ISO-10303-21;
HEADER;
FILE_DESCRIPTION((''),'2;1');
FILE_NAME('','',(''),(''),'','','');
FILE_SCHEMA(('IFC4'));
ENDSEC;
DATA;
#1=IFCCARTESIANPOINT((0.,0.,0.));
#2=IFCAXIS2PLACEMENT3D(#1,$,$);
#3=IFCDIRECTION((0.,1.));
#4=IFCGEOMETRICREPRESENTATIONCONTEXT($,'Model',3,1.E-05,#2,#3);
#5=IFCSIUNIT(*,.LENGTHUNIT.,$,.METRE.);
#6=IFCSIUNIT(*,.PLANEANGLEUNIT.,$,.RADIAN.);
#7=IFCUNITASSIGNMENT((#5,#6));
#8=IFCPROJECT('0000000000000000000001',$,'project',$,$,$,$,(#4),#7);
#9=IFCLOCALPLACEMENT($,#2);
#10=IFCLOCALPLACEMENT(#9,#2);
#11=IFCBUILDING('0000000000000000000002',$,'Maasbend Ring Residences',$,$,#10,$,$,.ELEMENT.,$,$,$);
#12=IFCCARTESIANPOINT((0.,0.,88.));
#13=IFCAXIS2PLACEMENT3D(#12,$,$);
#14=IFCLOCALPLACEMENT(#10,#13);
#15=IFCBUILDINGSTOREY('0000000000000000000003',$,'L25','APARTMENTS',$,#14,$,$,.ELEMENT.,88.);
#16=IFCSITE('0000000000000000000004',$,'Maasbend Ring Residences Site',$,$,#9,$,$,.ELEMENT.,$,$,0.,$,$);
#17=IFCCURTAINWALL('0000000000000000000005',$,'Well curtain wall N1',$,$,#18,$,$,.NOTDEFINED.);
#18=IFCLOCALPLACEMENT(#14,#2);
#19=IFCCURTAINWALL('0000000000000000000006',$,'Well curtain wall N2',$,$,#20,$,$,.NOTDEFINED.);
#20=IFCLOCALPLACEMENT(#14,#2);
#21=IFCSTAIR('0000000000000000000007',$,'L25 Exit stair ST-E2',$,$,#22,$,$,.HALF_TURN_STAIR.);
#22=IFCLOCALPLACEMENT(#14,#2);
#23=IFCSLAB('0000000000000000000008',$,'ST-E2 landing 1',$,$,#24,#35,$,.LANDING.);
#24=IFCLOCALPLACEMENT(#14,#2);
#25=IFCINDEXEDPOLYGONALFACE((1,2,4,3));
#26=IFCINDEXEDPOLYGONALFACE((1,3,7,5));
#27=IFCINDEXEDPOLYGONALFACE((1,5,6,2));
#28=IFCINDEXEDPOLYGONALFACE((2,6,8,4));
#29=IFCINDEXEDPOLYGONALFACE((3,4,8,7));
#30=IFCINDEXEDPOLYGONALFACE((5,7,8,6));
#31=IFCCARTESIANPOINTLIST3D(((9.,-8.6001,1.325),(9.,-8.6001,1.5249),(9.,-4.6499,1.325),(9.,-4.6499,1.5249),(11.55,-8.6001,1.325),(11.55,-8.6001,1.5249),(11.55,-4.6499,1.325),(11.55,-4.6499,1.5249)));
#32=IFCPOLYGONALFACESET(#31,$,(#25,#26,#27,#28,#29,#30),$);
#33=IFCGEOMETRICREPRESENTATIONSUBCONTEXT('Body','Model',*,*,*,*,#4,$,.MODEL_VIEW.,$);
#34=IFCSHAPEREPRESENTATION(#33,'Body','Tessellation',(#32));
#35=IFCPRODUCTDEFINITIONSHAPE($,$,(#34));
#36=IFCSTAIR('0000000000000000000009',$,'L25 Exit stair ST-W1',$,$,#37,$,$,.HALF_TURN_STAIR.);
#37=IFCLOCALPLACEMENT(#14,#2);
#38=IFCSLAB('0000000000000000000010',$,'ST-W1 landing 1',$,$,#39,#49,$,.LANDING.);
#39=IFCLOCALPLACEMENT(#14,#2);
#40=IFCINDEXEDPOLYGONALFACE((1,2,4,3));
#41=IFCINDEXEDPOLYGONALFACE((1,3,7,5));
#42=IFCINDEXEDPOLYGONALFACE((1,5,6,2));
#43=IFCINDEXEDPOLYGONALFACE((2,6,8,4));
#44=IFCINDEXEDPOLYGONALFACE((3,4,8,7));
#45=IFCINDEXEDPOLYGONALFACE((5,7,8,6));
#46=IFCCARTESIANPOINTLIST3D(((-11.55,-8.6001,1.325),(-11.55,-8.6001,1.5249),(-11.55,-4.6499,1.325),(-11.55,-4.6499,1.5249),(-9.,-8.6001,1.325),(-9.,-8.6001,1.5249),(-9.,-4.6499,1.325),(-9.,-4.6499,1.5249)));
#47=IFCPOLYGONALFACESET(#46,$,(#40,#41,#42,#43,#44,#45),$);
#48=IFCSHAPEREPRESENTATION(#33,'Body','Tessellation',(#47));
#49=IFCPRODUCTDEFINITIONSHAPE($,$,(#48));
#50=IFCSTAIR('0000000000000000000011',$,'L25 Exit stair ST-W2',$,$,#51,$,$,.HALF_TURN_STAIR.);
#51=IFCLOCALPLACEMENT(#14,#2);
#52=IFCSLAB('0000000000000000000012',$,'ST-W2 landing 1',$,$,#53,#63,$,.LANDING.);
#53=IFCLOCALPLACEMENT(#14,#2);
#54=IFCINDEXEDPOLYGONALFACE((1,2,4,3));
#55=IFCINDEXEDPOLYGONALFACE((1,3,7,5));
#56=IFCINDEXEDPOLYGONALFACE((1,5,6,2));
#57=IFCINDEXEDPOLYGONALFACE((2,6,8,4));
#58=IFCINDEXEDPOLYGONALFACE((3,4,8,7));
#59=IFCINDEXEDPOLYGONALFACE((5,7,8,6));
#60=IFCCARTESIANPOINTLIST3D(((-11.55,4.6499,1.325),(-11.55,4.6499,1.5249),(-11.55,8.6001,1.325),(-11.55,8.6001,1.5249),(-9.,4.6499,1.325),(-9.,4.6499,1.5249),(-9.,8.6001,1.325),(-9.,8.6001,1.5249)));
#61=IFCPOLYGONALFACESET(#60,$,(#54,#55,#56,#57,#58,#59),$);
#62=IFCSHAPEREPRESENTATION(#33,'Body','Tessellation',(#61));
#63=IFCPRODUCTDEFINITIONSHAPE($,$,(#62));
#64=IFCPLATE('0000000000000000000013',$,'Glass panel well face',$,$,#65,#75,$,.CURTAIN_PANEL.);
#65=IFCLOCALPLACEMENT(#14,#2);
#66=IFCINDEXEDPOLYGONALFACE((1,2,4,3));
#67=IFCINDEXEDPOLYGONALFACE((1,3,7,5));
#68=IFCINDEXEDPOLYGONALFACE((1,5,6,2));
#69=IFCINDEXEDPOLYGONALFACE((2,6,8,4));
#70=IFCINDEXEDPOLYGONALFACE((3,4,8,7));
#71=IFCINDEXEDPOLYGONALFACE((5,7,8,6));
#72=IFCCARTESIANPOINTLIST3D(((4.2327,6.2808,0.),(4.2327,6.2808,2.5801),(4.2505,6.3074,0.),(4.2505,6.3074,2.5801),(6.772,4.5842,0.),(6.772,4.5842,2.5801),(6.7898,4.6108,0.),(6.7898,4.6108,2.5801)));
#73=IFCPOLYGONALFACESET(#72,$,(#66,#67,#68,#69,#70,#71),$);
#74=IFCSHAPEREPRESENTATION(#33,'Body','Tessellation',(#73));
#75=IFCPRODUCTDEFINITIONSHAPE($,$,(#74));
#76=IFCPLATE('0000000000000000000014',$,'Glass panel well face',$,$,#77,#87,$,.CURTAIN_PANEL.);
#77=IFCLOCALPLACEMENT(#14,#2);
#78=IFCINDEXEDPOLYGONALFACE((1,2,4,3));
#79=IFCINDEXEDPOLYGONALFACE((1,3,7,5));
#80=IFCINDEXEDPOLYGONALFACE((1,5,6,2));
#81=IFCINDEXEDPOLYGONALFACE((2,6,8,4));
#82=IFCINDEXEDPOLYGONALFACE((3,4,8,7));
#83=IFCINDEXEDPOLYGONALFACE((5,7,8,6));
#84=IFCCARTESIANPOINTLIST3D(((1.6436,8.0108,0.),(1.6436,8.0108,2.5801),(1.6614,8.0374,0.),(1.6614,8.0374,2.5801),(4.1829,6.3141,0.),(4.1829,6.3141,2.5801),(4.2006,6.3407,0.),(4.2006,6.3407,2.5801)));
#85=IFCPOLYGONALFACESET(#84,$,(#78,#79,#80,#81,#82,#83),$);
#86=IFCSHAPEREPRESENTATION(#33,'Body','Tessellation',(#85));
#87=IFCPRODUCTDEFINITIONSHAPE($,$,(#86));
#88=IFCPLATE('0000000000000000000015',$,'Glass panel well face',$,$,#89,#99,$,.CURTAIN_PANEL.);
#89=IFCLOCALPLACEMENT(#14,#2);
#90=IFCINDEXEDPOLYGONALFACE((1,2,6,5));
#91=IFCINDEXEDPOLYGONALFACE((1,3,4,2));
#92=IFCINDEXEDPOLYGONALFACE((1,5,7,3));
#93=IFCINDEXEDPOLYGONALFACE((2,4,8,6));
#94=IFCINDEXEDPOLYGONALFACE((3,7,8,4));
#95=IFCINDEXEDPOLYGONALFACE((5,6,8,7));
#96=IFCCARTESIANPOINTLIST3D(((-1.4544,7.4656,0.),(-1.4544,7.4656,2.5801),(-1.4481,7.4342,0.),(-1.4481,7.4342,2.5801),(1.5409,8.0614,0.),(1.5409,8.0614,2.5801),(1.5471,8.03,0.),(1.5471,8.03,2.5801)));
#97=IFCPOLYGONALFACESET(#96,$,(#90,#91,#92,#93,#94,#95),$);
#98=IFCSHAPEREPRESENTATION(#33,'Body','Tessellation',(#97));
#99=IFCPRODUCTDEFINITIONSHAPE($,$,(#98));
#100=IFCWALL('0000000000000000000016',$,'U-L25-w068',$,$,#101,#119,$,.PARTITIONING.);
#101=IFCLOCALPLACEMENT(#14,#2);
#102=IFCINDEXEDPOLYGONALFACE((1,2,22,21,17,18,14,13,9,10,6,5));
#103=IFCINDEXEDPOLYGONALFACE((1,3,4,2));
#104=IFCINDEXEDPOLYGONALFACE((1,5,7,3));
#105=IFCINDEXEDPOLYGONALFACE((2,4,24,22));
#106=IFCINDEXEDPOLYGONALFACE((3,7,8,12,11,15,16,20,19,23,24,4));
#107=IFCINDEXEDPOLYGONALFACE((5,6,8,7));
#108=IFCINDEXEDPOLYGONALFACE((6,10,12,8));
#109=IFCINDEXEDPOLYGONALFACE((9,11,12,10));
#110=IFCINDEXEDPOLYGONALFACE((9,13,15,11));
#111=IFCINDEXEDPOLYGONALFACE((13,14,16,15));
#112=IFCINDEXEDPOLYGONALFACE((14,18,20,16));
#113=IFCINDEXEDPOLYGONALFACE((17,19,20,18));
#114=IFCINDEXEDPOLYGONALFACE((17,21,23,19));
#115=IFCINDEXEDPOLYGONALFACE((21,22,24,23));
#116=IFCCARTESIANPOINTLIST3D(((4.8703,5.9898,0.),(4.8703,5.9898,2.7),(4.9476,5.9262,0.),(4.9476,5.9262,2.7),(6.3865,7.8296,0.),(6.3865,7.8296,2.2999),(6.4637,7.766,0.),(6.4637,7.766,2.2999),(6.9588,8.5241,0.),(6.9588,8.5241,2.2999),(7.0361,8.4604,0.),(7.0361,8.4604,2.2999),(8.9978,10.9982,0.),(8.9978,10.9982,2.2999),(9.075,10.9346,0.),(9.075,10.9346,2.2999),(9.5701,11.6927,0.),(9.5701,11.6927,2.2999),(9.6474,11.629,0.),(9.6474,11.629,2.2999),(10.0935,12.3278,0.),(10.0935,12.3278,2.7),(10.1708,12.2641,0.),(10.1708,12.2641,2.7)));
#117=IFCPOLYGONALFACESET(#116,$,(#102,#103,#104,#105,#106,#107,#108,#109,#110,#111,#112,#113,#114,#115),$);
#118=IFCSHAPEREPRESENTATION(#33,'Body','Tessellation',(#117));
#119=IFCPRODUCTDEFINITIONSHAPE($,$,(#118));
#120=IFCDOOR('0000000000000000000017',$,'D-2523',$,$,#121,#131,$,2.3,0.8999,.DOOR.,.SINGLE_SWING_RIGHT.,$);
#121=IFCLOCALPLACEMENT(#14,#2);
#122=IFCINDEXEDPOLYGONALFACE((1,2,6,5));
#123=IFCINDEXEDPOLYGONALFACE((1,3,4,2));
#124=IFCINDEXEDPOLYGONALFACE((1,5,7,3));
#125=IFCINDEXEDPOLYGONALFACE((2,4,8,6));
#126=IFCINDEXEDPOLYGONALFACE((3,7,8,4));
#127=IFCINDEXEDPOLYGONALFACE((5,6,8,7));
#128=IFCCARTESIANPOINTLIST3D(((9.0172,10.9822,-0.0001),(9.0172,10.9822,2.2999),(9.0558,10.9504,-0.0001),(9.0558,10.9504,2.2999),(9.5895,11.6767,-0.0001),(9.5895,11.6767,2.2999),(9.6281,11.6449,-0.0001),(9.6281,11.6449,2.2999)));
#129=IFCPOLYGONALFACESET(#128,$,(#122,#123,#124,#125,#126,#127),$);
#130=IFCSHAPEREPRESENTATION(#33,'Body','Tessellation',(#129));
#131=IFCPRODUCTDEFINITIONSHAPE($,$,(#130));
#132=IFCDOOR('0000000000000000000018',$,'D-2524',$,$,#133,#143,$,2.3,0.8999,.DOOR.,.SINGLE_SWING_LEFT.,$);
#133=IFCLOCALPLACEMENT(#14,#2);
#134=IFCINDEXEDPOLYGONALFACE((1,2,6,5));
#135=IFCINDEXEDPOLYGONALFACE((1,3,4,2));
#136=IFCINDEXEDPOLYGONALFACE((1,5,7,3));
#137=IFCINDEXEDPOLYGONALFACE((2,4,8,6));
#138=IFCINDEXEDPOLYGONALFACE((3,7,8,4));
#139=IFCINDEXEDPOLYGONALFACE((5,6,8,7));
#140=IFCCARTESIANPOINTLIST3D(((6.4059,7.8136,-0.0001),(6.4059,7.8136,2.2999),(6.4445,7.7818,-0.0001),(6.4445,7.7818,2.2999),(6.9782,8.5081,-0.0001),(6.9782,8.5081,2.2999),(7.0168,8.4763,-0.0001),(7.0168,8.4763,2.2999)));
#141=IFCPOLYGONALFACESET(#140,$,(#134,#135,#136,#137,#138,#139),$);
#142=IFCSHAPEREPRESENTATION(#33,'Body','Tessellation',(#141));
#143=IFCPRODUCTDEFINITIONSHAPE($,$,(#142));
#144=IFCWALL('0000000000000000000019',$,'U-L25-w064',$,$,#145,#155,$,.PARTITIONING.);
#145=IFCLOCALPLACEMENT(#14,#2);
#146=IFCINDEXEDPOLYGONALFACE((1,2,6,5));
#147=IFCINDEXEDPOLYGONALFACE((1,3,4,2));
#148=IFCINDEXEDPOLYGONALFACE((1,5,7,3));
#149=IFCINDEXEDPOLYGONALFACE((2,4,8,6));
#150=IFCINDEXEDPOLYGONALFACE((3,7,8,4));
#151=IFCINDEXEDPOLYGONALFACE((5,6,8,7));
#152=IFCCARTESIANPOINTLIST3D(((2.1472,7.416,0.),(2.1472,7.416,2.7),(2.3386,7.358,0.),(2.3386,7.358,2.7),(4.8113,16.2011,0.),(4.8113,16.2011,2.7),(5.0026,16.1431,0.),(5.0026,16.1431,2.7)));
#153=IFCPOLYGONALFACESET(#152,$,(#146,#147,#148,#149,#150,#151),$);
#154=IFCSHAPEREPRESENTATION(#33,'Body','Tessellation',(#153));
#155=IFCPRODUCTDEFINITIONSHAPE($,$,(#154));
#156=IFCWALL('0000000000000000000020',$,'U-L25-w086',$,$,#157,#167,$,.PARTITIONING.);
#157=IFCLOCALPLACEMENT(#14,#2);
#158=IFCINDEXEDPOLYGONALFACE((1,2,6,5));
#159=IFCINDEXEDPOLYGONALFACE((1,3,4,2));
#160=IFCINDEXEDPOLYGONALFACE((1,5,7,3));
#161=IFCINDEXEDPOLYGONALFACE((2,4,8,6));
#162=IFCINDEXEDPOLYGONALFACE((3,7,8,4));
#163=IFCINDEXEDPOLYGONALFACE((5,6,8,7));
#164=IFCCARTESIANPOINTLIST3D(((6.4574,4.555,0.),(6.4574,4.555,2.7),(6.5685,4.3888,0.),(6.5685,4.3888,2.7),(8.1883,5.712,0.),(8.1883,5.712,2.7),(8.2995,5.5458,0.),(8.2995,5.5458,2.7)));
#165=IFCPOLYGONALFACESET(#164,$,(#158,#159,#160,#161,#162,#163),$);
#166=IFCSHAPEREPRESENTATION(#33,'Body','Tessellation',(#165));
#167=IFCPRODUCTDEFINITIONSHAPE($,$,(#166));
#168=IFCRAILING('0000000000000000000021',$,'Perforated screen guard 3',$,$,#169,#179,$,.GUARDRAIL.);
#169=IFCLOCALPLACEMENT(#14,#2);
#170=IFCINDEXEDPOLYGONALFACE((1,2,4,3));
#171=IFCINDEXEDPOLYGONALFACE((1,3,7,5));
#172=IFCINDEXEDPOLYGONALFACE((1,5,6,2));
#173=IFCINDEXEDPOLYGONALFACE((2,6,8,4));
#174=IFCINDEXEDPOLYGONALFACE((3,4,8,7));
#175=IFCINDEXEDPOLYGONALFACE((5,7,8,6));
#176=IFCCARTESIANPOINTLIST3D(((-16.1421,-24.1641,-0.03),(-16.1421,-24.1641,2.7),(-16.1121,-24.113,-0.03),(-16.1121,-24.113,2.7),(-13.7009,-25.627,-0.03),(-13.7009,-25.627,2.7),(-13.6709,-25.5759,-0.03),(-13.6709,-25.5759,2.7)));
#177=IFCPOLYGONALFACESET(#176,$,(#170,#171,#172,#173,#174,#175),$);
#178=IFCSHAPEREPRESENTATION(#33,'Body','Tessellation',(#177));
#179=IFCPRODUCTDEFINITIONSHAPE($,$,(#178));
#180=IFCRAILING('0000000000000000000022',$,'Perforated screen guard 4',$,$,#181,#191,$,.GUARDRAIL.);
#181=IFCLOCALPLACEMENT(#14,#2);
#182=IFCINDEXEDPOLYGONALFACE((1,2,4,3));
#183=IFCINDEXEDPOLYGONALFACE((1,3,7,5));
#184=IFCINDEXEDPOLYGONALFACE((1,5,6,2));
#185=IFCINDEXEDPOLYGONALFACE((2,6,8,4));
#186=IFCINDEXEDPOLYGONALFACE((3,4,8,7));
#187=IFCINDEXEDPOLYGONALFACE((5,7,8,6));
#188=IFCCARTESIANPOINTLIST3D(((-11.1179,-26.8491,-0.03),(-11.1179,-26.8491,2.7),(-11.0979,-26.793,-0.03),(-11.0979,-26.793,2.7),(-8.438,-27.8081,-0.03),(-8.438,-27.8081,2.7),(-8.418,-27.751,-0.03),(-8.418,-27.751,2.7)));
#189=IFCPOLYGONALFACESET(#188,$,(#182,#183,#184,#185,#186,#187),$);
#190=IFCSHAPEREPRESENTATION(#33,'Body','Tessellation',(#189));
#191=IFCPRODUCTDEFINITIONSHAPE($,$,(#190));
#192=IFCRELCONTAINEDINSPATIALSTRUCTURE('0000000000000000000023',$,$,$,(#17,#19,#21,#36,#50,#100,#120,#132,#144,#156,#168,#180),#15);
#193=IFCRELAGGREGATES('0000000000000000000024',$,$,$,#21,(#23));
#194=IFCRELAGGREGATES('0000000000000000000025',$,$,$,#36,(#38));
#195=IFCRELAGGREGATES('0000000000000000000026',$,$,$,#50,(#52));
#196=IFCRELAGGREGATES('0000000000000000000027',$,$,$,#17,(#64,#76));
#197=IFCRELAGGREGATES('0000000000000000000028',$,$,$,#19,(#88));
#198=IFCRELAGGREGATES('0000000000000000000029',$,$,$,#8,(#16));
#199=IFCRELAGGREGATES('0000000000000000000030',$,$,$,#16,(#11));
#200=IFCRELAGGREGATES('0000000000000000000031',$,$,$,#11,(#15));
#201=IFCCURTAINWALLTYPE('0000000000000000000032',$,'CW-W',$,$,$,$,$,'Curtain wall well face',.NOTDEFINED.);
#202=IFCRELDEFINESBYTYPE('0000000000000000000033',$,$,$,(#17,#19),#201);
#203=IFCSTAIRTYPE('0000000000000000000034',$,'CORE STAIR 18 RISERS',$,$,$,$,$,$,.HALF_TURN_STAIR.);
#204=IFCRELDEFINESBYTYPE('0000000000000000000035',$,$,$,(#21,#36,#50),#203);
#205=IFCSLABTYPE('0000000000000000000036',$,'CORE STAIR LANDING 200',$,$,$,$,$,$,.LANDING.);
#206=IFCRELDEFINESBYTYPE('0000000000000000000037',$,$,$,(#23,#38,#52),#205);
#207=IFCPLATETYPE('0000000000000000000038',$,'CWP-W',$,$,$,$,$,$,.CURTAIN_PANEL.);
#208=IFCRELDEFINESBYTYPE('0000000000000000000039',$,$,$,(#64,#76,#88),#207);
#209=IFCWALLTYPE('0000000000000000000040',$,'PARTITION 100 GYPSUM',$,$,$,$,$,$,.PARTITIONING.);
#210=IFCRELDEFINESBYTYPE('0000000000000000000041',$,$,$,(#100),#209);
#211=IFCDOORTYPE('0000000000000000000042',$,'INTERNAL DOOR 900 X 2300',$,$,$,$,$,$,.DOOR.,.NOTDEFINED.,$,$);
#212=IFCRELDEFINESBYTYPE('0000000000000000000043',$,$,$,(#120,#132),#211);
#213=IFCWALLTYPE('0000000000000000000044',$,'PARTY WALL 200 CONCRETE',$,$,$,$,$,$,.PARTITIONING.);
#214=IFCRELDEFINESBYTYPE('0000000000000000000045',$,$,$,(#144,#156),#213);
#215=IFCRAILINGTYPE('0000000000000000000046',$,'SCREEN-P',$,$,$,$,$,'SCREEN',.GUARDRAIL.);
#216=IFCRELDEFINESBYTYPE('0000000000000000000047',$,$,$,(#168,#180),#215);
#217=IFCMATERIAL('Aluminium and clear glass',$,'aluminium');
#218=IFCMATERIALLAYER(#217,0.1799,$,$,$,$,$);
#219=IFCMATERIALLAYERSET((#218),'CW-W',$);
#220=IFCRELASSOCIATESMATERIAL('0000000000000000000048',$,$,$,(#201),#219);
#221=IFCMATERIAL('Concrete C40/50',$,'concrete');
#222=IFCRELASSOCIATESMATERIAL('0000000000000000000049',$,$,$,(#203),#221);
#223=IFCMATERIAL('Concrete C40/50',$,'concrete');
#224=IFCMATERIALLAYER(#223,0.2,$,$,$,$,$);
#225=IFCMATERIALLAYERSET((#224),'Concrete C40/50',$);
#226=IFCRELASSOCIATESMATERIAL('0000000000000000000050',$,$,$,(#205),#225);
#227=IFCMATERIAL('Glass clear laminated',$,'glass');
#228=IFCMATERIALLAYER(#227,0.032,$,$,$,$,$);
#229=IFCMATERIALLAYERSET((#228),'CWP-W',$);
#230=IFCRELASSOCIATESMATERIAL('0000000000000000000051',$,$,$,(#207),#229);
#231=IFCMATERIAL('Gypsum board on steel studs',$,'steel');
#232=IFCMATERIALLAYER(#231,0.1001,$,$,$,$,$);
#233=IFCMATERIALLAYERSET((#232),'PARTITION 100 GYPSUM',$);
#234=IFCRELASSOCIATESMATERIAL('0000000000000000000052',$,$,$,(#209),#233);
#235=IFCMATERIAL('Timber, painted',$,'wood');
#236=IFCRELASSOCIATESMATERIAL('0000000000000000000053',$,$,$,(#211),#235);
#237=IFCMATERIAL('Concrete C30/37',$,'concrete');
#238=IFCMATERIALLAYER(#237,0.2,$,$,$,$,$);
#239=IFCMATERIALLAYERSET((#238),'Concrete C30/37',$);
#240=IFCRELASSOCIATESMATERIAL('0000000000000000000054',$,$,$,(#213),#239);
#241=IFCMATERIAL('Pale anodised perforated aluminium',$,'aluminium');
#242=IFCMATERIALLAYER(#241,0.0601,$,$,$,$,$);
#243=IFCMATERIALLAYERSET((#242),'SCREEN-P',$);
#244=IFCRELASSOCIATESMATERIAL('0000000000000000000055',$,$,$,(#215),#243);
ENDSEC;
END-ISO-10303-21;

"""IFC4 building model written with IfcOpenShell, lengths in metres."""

from ifc_helpers import new_model, si_unit, direction, frame, frame_2d, origin, origin_2d, place, context, subcontext, project, spatial, polyline, rectangle, outline, extrude, material, layer, layer_set, type_object, element, fill, aggregate, save


model = new_model("IFC4")

# Units and contexts
model_context = context("Model", 3, precision=1e-05, world=origin(), true_north=direction((0.0, 1.0)))
body_context = subcontext(model_context, "Body", "Model", "MODEL_VIEW")
ifc_project = project(units=[si_unit("LENGTHUNIT", "METRE"), si_unit("PLANEANGLEUNIT", "RADIAN")], contexts=[model_context])

# Site, building, storey
site_placement = place(None, origin())
site = spatial("IfcSite", under=ifc_project, at=site_placement, Name="Maasbend Ring Residences Site", CompositionType="ELEMENT", RefElevation=0.0)
building_placement = place(site_placement, origin())
building = spatial("IfcBuilding", under=site, at=building_placement, Name="Maasbend Ring Residences", CompositionType="ELEMENT")
storey_placement = place(building_placement, frame((0.0, 0.0, 88.0)))
storey = spatial("IfcBuildingStorey", under=building, at=storey_placement, Name="L25", Description="APARTMENTS", CompositionType="ELEMENT", Elevation=88.0)

# Curtain wall
ifc_material_1 = material(Name="Aluminium and clear glass", Category="aluminium")
ifc_layer_1 = layer(ifc_material_1, 0.1799)
ifc_layer_set_1 = layer_set([ifc_layer_1], Name="CW-W")
curtain_wall_type = type_object("IfcCurtainWallType", Name="CW-W", ElementType="Curtain wall well face", PredefinedType="NOTDEFINED", material=ifc_layer_set_1)
curtain_wall_1_placement = place(storey_placement, origin())
curtain_wall_1 = element("IfcCurtainWall", 1, at=curtain_wall_1_placement, inside=storey, type_object=curtain_wall_type, Name="Well curtain wall N1", PredefinedType="NOTDEFINED")

# Curtain wall
curtain_wall_2_placement = place(storey_placement, origin())
curtain_wall_2 = element("IfcCurtainWall", 2, at=curtain_wall_2_placement, inside=storey, type_object=curtain_wall_type, Name="Well curtain wall N2", PredefinedType="NOTDEFINED")

# Stairs, slabs
ifc_material_2 = material(Name="Concrete C40/50", Category="concrete")
stair_type = type_object("IfcStairType", Name="CORE STAIR 18 RISERS", PredefinedType="HALF_TURN_STAIR", material=ifc_material_2)
ifc_material_3 = material(Name="Concrete C40/50", Category="concrete")
ifc_layer_2 = layer(ifc_material_3, 0.2)
ifc_layer_set_2 = layer_set([ifc_layer_2], Name="Concrete C40/50")
slab_type = type_object("IfcSlabType", Name="CORE STAIR LANDING 200", PredefinedType="LANDING", material=ifc_layer_set_2)
stair_1_placement = place(storey_placement, origin())
stair_1 = element("IfcStair", 3, at=stair_1_placement, inside=storey, type_object=stair_type, Name="L25 Exit stair ST-E2", PredefinedType="HALF_TURN_STAIR")
slab_1_placement = place(storey_placement, frame((0.0, 0.0, 1.325)))
slab_1 = element("IfcSlab", 4, at=slab_1_placement, type_object=slab_type, Name="ST-E2 landing 1", PredefinedType="LANDING", context=body_context, shape_type="SweptSolid", body=[
    extrude(outline(polyline([(11.55, -4.6499), (9.0, -4.6499), (9.0, -8.6001), (11.55, -8.6001), (11.55, -4.6499)])), origin(), (0.0, 0.0, 1.0), 0.2),
])
aggregate(stair_1, [slab_1])
stair_2_placement = place(storey_placement, origin())
stair_2 = element("IfcStair", 5, at=stair_2_placement, inside=storey, type_object=stair_type, Name="L25 Exit stair ST-W1", PredefinedType="HALF_TURN_STAIR")
slab_2_placement = place(storey_placement, frame((0.0, 0.0, 1.325)))
slab_2 = element("IfcSlab", 6, at=slab_2_placement, type_object=slab_type, Name="ST-W1 landing 1", PredefinedType="LANDING", context=body_context, shape_type="SweptSolid", body=[
    extrude(outline(polyline([(-11.55, -8.6001), (-9.0, -8.6001), (-9.0, -4.6499), (-11.55, -4.6499), (-11.55, -8.6001)])), origin(), (0.0, 0.0, 1.0), 0.2),
])
aggregate(stair_2, [slab_2])
stair_3_placement = place(storey_placement, origin())
stair_3 = element("IfcStair", 7, at=stair_3_placement, inside=storey, type_object=stair_type, Name="L25 Exit stair ST-W2", PredefinedType="HALF_TURN_STAIR")
slab_3_placement = place(storey_placement, frame((0.0, 0.0, 1.325)))
slab_3 = element("IfcSlab", 8, at=slab_3_placement, type_object=slab_type, Name="ST-W2 landing 1", PredefinedType="LANDING", context=body_context, shape_type="SweptSolid", body=[
    extrude(outline(polyline([(-11.55, 4.6499), (-9.0, 4.6499), (-9.0, 8.6001), (-11.55, 8.6001), (-11.55, 4.6499)])), origin(), (0.0, 0.0, 1.0), 0.2),
])
aggregate(stair_3, [slab_3])

# Plates
ifc_material_4 = material(Name="Glass clear laminated", Category="glass")
ifc_layer_3 = layer(ifc_material_4, 0.032)
ifc_layer_set_3 = layer_set([ifc_layer_3], Name="CWP-W")
plate_type = type_object("IfcPlateType", Name="CWP-W", PredefinedType="CURTAIN_PANEL", material=ifc_layer_set_3)
plate_1_placement = place(storey_placement, frame((5.5112, 5.4458, 0.0), z_axis=(0.0, 0.0, 1.0), x_axis=(-0.83147, 0.55557, 0.0)))
plate_1 = element("IfcPlate", 9, at=plate_1_placement, type_object=plate_type, Name="Glass panel well face", PredefinedType="CURTAIN_PANEL", context=body_context, shape_type="SweptSolid", body=[
    extrude(rectangle(XDim=3.054, YDim=0.032, at=origin_2d()), origin(), (0.0, 0.0, 1.0), 2.5801),
])
plate_2_placement = place(storey_placement, frame((2.9221, 7.1758, 0.0), z_axis=(0.0, 0.0, 1.0), x_axis=(-0.83147, 0.55557, 0.0)))
plate_2 = element("IfcPlate", 10, at=plate_2_placement, type_object=plate_type, Name="Glass panel well face", PredefinedType="CURTAIN_PANEL", context=body_context, shape_type="SweptSolid", body=[
    extrude(rectangle(XDim=3.054, YDim=0.032, at=origin_2d()), origin(), (0.0, 0.0, 1.0), 2.5801),
])
aggregate(curtain_wall_1, [plate_1, plate_2])
plate_3_placement = place(storey_placement, frame((0.0464, 7.7478, 0.0), z_axis=(0.0, 0.0, 1.0), x_axis=(-0.980785, -0.19509, 0.0)))
plate_3 = element("IfcPlate", 11, at=plate_3_placement, type_object=plate_type, Name="Glass panel well face", PredefinedType="CURTAIN_PANEL", context=body_context, shape_type="SweptSolid", body=[
    extrude(rectangle(XDim=3.054, YDim=0.032, at=origin_2d()), origin(), (0.0, 0.0, 1.0), 2.5801),
])
aggregate(curtain_wall_2, [plate_3])

# Wall, openings, doors
ifc_material_5 = material(Name="Gypsum board on steel studs", Category="steel")
ifc_layer_4 = layer(ifc_material_5, 0.1001)
ifc_layer_set_4 = layer_set([ifc_layer_4], Name="PARTITION 100 GYPSUM")
wall_type_1 = type_object("IfcWallType", Name="PARTITION 100 GYPSUM", PredefinedType="PARTITIONING", material=ifc_layer_set_4)
wall_1_placement = place(storey_placement, frame((4.9089, 5.958, 0.0), z_axis=(0.0, 0.0, 1.0), x_axis=(0.635976, 0.771709, 0.0)))
wall_1 = element("IfcWall", 12, at=wall_1_placement, inside=storey, type_object=wall_type_1, Name="U-L25-w068", PredefinedType="PARTITIONING", context=body_context, shape_type="SweptSolid", body=[
    extrude(rectangle(XDim=8.2129, YDim=0.1001, at=frame_2d((4.1064, 0.0))), origin(), (0.0, 0.0, 1.0), 2.7),
])
opening_1_placement = place(wall_1_placement, frame((6.49, 0.0, 0.0)))
opening_1 = element("IfcOpeningElement", 13, at=opening_1_placement, cuts=wall_1, PredefinedType="OPENING", context=body_context, shape_type="SweptSolid", body=[
    extrude(rectangle(XDim=0.8999, YDim=2.3, at=frame_2d((0.45, 1.1499))), frame((0.0, 0.0601, 0.0), z_axis=(0.0, -1.0, 0.0), x_axis=(1.0, 0.0, 0.0)), (0.0, 0.0, 1.0), 0.1201),
])
opening_2_placement = place(wall_1_placement, frame((2.384, 0.0, 0.0)))
opening_2 = element("IfcOpeningElement", 14, at=opening_2_placement, cuts=wall_1, PredefinedType="OPENING", context=body_context, shape_type="SweptSolid", body=[
    extrude(rectangle(XDim=0.8999, YDim=2.3, at=frame_2d((0.45, 1.1499))), frame((0.0, 0.0601, 0.0), z_axis=(0.0, -1.0, 0.0), x_axis=(1.0, 0.0, 0.0)), (0.0, 0.0, 1.0), 0.1201),
])
ifc_material_6 = material(Name="Timber, painted", Category="wood")
door_type = type_object("IfcDoorType", Name="INTERNAL DOOR 900 X 2300", OperationType="NOTDEFINED", PredefinedType="DOOR", material=ifc_material_6)
door_1_placement = place(opening_1_placement, origin())
door_1 = element("IfcDoor", 15, at=door_1_placement, inside=storey, type_object=door_type, Name="D-2523", OperationType="SINGLE_SWING_RIGHT", OverallHeight=2.3, OverallWidth=0.8999, PredefinedType="DOOR", context=body_context, shape_type="SweptSolid", body=[
    extrude(rectangle(XDim=0.8999, YDim=2.3, at=frame_2d((0.45, 1.1499))), frame((0.0, 0.0249, 0.0), z_axis=(0.0, -1.0, 0.0), x_axis=(1.0, 0.0, 0.0)), (0.0, 0.0, 1.0), 0.05),
])
fill(opening_1, door_1)
door_2_placement = place(opening_2_placement, origin())
door_2 = element("IfcDoor", 16, at=door_2_placement, inside=storey, type_object=door_type, Name="D-2524", OperationType="SINGLE_SWING_LEFT", OverallHeight=2.3, OverallWidth=0.8999, PredefinedType="DOOR", context=body_context, shape_type="SweptSolid", body=[
    extrude(rectangle(XDim=0.8999, YDim=2.3, at=frame_2d((0.45, 1.1499))), frame((0.0, 0.0249, 0.0), z_axis=(0.0, -1.0, 0.0), x_axis=(1.0, 0.0, 0.0)), (0.0, 0.0, 1.0), 0.05),
])
fill(opening_2, door_2)

# Walls
ifc_material_7 = material(Name="Concrete C30/37", Category="concrete")
ifc_layer_5 = layer(ifc_material_7, 0.2)
ifc_layer_set_5 = layer_set([ifc_layer_5], Name="Concrete C30/37")
wall_type_2 = type_object("IfcWallType", Name="PARTY WALL 200 CONCRETE", PredefinedType="PARTITIONING", material=ifc_layer_set_5)
wall_2_placement = place(storey_placement, frame((2.2429, 7.387, 0.0), z_axis=(0.0, 0.0, 1.0), x_axis=(0.290196, 0.956967, 0.0)))
element("IfcWall", 17, at=wall_2_placement, inside=storey, type_object=wall_type_2, Name="U-L25-w064", PredefinedType="PARTITIONING", context=body_context, shape_type="SweptSolid", body=[
    extrude(rectangle(XDim=9.1802, YDim=0.2, at=frame_2d((4.5901, 0.0))), origin(), (0.0, 0.0, 1.0), 2.7),
])
wall_3_placement = place(storey_placement, frame((6.5129, 4.4719, 0.0), z_axis=(0.0, 0.0, 1.0), x_axis=(0.831382, 0.555701, 0.0)))
element("IfcWall", 18, at=wall_3_placement, inside=storey, type_object=wall_type_2, Name="U-L25-w086", PredefinedType="PARTITIONING", context=body_context, shape_type="SweptSolid", body=[
    extrude(rectangle(XDim=2.082, YDim=0.2, at=frame_2d((1.041, 0.0))), origin(), (0.0, 0.0, 1.0), 2.7),
])

# Railings
ifc_material_8 = material(Name="Pale anodised perforated aluminium", Category="aluminium")
ifc_layer_6 = layer(ifc_material_8, 0.0601)
ifc_layer_set_6 = layer_set([ifc_layer_6], Name="SCREEN-P")
railing_type = type_object("IfcRailingType", Name="SCREEN-P", ElementType="SCREEN", PredefinedType="GUARDRAIL", material=ifc_layer_set_6)
railing_1_placement = place(storey_placement, frame((0.0, 0.0, -0.03)))
element("IfcRailing", 19, at=railing_1_placement, inside=storey, type_object=railing_type, Name="Perforated screen guard 3", PredefinedType="GUARDRAIL", context=body_context, shape_type="SweptSolid", body=[
    extrude(outline(polyline([(-16.1121, -24.113), (-13.6709, -25.5759), (-13.7009, -25.627), (-16.1421, -24.1641), (-16.1121, -24.113)])), origin(), (0.0, 0.0, 1.0), 2.73),
])
railing_2_placement = place(storey_placement, frame((0.0, 0.0, -0.03)))
element("IfcRailing", 20, at=railing_2_placement, inside=storey, type_object=railing_type, Name="Perforated screen guard 4", PredefinedType="GUARDRAIL", context=body_context, shape_type="SweptSolid", body=[
    extrude(outline(polyline([(-11.0979, -26.793), (-8.418, -27.751), (-8.438, -27.8081), (-11.1179, -26.8491), (-11.0979, -26.793)])), origin(), (0.0, 0.0, 1.0), 2.73),
])

save(model, "model.ifc")
